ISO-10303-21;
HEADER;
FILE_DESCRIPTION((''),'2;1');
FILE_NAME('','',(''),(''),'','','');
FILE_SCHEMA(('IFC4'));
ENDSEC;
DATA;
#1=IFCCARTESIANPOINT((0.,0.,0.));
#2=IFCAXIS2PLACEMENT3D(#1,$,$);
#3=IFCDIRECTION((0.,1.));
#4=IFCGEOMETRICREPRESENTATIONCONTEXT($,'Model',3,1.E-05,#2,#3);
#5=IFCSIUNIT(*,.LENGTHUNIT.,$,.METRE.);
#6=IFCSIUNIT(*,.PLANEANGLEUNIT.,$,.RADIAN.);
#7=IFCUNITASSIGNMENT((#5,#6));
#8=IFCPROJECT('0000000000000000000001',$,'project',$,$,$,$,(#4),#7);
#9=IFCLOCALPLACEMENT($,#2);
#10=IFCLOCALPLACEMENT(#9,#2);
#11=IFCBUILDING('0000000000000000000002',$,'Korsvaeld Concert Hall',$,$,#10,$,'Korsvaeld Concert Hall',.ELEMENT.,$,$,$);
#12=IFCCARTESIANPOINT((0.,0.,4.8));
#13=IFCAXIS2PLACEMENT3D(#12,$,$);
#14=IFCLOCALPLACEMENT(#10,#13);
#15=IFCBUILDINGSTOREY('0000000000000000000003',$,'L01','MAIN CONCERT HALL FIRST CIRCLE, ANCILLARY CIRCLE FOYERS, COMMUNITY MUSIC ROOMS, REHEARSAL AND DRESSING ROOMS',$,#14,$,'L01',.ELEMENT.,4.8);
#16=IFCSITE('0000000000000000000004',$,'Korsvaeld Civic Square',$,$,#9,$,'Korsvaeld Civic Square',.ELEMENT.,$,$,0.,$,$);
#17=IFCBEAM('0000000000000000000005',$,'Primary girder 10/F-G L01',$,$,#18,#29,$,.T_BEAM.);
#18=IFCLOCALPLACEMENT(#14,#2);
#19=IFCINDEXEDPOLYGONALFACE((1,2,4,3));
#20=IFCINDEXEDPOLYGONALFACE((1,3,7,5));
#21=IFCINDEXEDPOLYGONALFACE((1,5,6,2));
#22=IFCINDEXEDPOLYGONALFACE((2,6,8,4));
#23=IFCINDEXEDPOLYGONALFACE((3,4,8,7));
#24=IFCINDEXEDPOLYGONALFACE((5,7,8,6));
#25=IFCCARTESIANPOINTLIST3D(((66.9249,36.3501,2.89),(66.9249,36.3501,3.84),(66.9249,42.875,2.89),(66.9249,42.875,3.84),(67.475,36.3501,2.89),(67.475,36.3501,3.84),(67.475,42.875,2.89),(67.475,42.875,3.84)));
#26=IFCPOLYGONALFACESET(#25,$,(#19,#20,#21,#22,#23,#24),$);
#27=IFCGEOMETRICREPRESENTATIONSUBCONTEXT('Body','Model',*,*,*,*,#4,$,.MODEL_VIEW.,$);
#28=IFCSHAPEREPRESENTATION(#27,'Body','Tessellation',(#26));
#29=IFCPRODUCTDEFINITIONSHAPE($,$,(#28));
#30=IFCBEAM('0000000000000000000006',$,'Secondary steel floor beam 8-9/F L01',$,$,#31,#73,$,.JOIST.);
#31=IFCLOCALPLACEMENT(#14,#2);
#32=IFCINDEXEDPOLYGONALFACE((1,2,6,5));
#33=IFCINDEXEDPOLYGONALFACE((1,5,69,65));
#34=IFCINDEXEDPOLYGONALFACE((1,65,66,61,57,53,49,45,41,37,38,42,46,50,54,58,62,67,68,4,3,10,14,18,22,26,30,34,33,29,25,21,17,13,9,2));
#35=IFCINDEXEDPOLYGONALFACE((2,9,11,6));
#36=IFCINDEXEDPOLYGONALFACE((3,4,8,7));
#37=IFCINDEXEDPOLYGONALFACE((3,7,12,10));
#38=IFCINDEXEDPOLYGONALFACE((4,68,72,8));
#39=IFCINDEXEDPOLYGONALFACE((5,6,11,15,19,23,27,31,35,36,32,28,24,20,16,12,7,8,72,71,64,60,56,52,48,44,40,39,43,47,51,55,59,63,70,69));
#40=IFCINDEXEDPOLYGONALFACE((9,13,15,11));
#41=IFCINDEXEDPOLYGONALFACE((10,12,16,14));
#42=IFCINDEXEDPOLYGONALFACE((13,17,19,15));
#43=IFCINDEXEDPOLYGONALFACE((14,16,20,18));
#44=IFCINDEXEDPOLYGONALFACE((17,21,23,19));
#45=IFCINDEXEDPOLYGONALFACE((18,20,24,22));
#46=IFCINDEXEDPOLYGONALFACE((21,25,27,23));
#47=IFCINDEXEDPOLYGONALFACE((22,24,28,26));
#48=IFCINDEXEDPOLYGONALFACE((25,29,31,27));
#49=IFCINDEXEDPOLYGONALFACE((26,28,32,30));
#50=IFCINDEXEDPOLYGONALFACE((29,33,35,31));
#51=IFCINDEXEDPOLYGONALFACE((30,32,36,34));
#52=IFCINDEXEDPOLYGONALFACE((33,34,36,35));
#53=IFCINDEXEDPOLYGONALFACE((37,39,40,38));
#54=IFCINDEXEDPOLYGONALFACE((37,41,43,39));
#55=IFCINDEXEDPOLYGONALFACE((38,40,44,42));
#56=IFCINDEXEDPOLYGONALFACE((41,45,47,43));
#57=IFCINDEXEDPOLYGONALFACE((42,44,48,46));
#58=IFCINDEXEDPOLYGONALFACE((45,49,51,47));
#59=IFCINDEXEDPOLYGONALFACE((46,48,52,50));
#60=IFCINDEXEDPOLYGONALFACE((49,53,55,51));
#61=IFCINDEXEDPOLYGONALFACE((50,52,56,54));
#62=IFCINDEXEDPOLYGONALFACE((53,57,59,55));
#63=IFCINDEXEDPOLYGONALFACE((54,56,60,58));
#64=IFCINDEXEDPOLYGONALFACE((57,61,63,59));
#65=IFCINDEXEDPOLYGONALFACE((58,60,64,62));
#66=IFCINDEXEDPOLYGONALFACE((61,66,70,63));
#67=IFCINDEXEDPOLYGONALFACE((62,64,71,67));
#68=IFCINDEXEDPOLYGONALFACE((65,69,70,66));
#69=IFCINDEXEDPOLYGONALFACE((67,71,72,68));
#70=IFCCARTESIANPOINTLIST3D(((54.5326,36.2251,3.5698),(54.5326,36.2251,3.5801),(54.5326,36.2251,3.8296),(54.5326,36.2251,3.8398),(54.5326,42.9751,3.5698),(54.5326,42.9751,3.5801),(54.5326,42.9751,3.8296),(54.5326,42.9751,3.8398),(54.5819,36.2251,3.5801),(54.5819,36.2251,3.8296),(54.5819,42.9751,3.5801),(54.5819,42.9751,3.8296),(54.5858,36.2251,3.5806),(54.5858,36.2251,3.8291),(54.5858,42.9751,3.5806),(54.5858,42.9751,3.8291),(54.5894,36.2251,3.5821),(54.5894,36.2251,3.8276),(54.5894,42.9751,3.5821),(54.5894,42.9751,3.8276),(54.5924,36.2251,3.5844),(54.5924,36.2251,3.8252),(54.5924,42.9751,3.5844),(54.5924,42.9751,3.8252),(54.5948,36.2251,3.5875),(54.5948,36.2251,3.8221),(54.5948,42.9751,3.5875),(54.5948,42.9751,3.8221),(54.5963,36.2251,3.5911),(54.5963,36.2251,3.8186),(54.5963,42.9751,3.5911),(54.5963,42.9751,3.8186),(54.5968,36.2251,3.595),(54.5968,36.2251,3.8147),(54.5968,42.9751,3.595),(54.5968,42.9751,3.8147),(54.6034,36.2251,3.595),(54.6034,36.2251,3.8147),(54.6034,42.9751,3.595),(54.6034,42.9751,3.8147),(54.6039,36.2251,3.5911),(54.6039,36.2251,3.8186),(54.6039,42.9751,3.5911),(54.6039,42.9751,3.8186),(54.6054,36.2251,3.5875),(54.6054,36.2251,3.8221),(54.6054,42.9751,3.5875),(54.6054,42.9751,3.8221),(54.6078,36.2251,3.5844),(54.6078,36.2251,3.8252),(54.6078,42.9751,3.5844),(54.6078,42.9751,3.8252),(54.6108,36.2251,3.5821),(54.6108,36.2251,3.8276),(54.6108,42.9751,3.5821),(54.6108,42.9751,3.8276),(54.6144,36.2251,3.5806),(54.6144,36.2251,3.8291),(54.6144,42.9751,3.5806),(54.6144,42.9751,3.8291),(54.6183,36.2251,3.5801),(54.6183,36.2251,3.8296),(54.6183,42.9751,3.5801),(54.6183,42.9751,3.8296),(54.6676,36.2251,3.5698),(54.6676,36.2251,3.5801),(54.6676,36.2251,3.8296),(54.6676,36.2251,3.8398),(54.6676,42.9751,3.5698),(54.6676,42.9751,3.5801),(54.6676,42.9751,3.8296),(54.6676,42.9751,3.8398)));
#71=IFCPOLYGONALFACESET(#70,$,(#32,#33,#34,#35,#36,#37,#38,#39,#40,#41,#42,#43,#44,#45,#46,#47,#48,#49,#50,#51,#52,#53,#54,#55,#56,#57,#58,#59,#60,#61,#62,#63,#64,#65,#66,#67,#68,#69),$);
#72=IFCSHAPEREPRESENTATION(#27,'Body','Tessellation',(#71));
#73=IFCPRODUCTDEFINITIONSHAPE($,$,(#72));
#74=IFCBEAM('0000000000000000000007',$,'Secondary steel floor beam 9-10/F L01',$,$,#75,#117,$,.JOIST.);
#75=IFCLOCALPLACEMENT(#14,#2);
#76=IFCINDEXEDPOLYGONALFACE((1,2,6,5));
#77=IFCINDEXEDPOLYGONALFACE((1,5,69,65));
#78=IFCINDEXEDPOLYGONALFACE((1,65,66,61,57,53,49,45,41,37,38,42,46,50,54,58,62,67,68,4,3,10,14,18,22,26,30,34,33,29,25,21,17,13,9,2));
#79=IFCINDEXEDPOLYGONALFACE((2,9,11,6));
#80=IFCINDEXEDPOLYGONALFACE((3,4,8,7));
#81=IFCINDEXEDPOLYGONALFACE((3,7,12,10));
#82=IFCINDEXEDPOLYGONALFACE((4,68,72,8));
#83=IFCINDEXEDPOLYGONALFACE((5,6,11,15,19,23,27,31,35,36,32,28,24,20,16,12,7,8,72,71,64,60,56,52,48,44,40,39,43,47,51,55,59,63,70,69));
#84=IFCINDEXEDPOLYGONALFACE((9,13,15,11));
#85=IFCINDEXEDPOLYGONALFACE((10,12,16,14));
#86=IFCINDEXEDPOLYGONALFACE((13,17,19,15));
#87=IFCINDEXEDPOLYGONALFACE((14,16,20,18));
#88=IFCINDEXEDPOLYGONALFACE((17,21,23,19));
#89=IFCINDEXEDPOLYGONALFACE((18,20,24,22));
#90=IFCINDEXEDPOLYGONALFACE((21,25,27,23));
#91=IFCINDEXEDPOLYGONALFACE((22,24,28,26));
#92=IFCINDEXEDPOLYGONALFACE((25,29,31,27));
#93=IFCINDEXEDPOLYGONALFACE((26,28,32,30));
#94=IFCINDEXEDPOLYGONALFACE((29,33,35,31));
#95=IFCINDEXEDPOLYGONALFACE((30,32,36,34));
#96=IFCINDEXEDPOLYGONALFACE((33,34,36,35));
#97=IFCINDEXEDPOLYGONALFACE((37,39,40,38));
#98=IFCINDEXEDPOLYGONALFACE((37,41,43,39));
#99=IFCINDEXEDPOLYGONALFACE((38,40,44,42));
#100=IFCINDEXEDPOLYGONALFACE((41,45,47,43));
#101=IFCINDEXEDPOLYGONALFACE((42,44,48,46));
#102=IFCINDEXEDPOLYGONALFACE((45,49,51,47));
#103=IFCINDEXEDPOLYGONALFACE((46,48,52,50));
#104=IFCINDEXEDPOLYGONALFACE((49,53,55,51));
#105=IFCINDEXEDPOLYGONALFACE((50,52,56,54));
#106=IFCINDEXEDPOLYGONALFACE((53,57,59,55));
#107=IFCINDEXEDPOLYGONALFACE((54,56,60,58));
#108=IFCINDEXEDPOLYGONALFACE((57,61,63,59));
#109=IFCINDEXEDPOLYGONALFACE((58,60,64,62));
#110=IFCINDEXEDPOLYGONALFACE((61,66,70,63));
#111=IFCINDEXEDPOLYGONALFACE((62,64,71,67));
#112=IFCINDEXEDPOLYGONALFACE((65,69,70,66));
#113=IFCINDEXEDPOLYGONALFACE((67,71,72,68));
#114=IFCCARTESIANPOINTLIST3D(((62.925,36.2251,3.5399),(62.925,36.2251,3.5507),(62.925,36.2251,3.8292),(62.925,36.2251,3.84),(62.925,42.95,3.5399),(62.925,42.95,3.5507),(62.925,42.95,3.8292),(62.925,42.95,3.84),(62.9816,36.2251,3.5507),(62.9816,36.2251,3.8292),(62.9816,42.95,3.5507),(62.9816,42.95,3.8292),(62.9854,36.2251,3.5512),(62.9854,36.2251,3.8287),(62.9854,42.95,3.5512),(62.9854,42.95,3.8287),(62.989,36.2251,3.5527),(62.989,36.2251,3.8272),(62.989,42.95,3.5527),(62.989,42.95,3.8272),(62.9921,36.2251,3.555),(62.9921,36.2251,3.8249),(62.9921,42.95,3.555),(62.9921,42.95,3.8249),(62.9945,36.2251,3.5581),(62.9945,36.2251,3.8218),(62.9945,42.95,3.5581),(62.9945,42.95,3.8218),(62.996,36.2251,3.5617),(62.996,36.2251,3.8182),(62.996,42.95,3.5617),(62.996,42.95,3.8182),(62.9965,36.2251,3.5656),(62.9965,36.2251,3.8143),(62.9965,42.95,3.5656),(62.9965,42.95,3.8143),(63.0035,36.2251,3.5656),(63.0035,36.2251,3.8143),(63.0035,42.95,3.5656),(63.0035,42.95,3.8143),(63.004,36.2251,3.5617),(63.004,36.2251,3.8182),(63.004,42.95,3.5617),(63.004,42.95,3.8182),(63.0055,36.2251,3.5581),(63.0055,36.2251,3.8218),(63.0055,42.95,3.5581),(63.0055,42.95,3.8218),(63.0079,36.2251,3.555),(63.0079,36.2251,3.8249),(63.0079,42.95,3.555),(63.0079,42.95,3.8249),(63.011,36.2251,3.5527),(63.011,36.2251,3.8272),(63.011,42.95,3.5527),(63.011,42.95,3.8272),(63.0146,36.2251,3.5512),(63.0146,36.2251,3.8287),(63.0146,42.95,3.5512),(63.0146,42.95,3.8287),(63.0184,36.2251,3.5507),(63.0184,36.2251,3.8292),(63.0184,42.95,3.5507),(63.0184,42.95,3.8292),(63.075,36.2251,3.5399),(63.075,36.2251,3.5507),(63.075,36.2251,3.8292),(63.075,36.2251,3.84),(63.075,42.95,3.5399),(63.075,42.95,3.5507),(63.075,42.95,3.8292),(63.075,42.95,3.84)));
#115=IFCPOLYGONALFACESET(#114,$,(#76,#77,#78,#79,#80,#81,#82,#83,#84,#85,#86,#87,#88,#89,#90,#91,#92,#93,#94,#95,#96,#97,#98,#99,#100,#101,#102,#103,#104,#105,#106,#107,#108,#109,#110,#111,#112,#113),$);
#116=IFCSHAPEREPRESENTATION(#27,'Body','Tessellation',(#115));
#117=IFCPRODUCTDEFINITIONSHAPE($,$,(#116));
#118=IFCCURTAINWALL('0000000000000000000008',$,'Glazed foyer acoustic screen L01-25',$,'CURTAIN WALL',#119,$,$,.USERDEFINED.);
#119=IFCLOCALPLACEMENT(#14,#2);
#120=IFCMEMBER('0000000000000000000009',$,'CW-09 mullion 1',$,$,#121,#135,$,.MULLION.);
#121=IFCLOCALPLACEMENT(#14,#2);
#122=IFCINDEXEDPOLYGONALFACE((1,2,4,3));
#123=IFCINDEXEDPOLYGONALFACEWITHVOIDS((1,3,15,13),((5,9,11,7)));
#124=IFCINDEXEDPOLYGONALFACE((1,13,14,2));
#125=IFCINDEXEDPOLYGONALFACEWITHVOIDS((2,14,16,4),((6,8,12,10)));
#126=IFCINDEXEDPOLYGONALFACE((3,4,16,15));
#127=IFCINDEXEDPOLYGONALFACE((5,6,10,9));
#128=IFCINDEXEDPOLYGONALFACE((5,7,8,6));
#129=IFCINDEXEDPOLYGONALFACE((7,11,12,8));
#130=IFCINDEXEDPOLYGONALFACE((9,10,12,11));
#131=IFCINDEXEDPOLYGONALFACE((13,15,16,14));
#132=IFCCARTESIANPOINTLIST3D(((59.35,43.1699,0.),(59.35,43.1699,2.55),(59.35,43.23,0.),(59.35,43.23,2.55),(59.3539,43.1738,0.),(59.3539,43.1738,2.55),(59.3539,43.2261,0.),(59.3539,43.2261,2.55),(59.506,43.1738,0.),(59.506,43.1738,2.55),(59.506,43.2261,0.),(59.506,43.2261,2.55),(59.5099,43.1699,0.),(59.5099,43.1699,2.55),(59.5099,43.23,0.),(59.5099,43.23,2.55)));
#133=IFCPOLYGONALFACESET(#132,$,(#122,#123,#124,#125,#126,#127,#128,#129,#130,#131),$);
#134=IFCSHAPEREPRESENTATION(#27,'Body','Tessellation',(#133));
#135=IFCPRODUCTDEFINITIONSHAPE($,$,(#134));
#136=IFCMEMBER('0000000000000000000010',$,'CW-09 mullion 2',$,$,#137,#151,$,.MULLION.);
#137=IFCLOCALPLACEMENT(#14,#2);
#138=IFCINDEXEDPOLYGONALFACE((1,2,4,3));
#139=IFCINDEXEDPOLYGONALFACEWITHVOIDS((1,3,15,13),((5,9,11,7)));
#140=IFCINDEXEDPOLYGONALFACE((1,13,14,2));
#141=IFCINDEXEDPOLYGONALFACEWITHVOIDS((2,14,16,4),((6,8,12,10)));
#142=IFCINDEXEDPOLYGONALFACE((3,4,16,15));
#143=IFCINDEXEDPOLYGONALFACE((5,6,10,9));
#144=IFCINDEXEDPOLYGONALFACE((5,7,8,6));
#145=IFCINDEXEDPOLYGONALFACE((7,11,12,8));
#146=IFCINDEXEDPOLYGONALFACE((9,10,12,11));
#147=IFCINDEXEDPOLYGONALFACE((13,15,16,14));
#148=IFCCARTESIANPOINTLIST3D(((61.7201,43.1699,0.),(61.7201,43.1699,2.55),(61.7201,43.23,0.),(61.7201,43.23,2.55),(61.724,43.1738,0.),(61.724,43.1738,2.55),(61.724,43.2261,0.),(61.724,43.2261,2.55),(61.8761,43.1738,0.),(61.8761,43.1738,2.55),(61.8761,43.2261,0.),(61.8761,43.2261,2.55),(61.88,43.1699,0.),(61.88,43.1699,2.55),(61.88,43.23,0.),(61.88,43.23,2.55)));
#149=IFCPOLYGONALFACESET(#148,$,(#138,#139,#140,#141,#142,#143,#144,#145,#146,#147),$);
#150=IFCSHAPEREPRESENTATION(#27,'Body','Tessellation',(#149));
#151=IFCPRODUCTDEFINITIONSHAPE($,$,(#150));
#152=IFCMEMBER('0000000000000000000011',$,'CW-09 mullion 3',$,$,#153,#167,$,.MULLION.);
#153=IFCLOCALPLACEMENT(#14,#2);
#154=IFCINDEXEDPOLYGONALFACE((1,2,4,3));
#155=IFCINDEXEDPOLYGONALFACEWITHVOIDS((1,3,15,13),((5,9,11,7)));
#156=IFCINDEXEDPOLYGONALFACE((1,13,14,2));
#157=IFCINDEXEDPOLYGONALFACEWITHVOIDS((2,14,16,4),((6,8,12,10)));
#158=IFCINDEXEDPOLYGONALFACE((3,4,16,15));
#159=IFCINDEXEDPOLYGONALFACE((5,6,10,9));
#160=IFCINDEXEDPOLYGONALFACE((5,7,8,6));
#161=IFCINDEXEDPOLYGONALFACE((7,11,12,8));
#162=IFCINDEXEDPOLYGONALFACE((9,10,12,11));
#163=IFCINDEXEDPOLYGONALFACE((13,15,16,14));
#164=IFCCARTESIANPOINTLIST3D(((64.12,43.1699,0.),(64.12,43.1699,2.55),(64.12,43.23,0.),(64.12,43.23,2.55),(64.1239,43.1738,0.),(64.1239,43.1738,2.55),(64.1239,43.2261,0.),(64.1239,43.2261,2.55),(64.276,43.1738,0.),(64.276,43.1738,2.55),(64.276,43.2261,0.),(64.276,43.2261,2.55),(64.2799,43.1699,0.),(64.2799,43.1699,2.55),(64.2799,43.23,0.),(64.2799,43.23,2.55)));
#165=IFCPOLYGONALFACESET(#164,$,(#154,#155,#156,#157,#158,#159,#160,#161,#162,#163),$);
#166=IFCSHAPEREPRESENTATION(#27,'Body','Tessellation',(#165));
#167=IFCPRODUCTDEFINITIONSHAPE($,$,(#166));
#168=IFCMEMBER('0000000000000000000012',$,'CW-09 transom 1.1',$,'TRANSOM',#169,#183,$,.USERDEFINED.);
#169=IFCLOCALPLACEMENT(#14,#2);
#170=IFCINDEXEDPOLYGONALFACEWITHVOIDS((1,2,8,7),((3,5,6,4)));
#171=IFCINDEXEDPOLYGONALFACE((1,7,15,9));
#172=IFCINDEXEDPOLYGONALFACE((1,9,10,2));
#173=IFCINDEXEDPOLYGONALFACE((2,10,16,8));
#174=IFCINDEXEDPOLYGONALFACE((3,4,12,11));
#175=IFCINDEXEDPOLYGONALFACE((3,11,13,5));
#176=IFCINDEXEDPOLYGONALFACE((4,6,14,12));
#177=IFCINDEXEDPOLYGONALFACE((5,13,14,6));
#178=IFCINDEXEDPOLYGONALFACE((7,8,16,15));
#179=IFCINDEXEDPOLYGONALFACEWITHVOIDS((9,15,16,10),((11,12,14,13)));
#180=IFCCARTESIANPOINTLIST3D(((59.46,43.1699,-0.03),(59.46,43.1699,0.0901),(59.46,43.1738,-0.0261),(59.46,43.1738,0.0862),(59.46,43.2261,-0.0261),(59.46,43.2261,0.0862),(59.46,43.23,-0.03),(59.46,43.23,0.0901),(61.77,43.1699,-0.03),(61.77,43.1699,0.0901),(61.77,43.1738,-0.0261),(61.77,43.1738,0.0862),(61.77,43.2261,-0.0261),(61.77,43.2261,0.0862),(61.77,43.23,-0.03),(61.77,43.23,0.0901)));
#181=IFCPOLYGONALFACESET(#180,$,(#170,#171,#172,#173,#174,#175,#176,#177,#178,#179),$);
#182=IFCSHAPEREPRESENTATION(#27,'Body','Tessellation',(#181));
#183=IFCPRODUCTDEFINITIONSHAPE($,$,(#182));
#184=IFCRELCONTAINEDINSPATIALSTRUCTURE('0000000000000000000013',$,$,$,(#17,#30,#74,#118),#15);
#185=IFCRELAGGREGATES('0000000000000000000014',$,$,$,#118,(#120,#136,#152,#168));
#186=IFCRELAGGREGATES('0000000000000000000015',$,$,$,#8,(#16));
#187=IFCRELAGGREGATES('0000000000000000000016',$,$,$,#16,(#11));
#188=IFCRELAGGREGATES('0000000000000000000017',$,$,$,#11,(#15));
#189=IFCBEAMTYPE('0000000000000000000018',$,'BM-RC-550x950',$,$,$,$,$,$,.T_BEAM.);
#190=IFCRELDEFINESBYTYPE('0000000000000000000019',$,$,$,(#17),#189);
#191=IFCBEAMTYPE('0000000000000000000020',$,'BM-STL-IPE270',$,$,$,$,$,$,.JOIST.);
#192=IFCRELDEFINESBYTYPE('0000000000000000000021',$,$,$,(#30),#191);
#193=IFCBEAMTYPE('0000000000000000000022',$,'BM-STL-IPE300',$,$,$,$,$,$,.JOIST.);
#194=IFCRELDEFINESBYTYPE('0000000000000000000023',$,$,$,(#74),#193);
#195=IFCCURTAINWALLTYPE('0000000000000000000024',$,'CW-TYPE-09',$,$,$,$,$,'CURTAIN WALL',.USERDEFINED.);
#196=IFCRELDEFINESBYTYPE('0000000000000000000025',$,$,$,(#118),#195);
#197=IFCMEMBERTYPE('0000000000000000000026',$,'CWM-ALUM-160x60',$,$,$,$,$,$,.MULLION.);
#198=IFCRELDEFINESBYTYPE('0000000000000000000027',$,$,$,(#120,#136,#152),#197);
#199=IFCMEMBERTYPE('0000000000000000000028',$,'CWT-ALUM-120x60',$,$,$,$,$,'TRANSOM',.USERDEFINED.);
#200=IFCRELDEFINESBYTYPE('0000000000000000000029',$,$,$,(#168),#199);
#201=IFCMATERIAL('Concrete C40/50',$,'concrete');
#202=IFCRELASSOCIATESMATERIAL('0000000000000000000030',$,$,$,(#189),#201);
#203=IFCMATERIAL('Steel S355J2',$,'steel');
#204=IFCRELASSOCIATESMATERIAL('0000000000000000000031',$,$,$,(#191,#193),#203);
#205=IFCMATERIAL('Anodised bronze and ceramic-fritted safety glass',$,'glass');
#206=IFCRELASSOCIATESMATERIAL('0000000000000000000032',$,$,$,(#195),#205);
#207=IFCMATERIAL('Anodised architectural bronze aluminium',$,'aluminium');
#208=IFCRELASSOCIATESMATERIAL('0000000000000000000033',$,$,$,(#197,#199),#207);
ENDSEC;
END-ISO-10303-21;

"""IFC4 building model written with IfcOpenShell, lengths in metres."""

from ifc_helpers import new_model, si_unit, direction, frame, origin, origin_2d, place, context, subcontext, project, spatial, rectangle, hollow_rectangle, i_section, extrude, material, material_profile, profile_set, type_object, element, aggregate, save


model = new_model("IFC4")

# Units and contexts
model_context = context("Model", 3, precision=1e-05, world=origin(), true_north=direction((0.0, 1.0)))
body_context = subcontext(model_context, "Body", "Model", "MODEL_VIEW")
ifc_project = project(units=[si_unit("LENGTHUNIT", "METRE"), si_unit("PLANEANGLEUNIT", "RADIAN")], contexts=[model_context])

# Site, building, storey
site_placement = place(None, origin())
site = spatial("IfcSite", under=ifc_project, at=site_placement, Name="Korsvaeld Civic Square", LongName="Korsvaeld Civic Square", CompositionType="ELEMENT", RefElevation=0.0)
building_placement = place(site_placement, origin())
building = spatial("IfcBuilding", under=site, at=building_placement, Name="Korsvaeld Concert Hall", LongName="Korsvaeld Concert Hall", CompositionType="ELEMENT")
storey_placement = place(building_placement, frame((0.0, 0.0, 4.8)))
storey = spatial("IfcBuildingStorey", under=building, at=storey_placement, Name="L01", Description="MAIN CONCERT HALL FIRST CIRCLE, ANCILLARY CIRCLE FOYERS, COMMUNITY MUSIC ROOMS, REHEARSAL AND DRESSING ROOMS", LongName="L01", CompositionType="ELEMENT", Elevation=4.8)

# Shared definitions
ifc_material_1 = material(Name="Concrete C40/50", Category="concrete")
ifc_material_2 = material(Name="Steel S355J2", Category="steel")

# Beams
ifc_material_profile_1 = material_profile(ifc_material_1, rectangle(XDim=0.55, YDim=0.95, at=origin_2d()), Name="RC 550x950")
ifc_profile_set_1 = profile_set([ifc_material_profile_1], Name="Concrete C40/50")
beam_type_1 = type_object("IfcBeamType", Name="BM-RC-550x950", PredefinedType="T_BEAM", material=ifc_profile_set_1)
beam_1_placement = place(storey_placement, frame((67.2, 36.3501, 3.365), z_axis=(0.0, 1.0, 0.0), x_axis=(-1.0, 0.0, 0.0)))
element("IfcBeam", 1, at=beam_1_placement, inside=storey, type_object=beam_type_1, Name="Primary girder 10/F-G L01", PredefinedType="T_BEAM", context=body_context, shape_type="SweptSolid", body=[
    extrude(rectangle(XDim=0.55, YDim=0.95, at=origin_2d()), origin(), (0.0, 0.0, 1.0), 6.5249),
])
ifc_material_profile_2 = material_profile(ifc_material_2, i_section(OverallWidth=0.135, OverallDepth=0.27, WebThickness=0.0066, FlangeThickness=0.0103, FilletRadius=0.0149, at=origin_2d()), Name="IPE 270")
ifc_profile_set_2 = profile_set([ifc_material_profile_2], Name="Steel S355J2")
beam_type_2 = type_object("IfcBeamType", Name="BM-STL-IPE270", PredefinedType="JOIST", material=ifc_profile_set_2)
beam_2_placement = place(storey_placement, frame((54.6001, 36.2251, 3.7048), z_axis=(0.0, 1.0, 0.0), x_axis=(-1.0, 0.0, 0.0)))
element("IfcBeam", 2, at=beam_2_placement, inside=storey, type_object=beam_type_2, Name="Secondary steel floor beam 8-9/F L01", PredefinedType="JOIST", context=body_context, shape_type="SweptSolid", body=[
    extrude(i_section(OverallWidth=0.135, OverallDepth=0.27, WebThickness=0.0066, FlangeThickness=0.0103, FilletRadius=0.0149, at=origin_2d()), origin(), (0.0, 0.0, 1.0), 6.75),
])
ifc_material_profile_3 = material_profile(ifc_material_2, i_section(OverallWidth=0.1499, OverallDepth=0.3, WebThickness=0.0071, FlangeThickness=0.0107, FilletRadius=0.0149, at=origin_2d()), Name="IPE 300")
ifc_profile_set_3 = profile_set([ifc_material_profile_3], Name="Steel S355J2")
beam_type_3 = type_object("IfcBeamType", Name="BM-STL-IPE300", PredefinedType="JOIST", material=ifc_profile_set_3)
beam_3_placement = place(storey_placement, frame((63.0, 36.2251, 3.6899), z_axis=(0.0, 1.0, 0.0), x_axis=(-1.0, 0.0, 0.0)))
element("IfcBeam", 3, at=beam_3_placement, inside=storey, type_object=beam_type_3, Name="Secondary steel floor beam 9-10/F L01", PredefinedType="JOIST", context=body_context, shape_type="SweptSolid", body=[
    extrude(i_section(OverallWidth=0.1499, OverallDepth=0.3, WebThickness=0.0071, FlangeThickness=0.0107, FilletRadius=0.0149, at=origin_2d()), origin(), (0.0, 0.0, 1.0), 6.7249),
])

# Curtain wall, members
ifc_material_3 = material(Name="Anodised bronze and ceramic-fritted safety glass", Category="glass")
curtain_wall_type = type_object("IfcCurtainWallType", Name="CW-TYPE-09", ElementType="CURTAIN WALL", PredefinedType="USERDEFINED", material=ifc_material_3)
curtain_wall_placement = place(storey_placement, origin())
curtain_wall = element("IfcCurtainWall", 4, at=curtain_wall_placement, inside=storey, type_object=curtain_wall_type, Name="Glazed foyer acoustic screen L01-25", ObjectType="CURTAIN WALL", PredefinedType="USERDEFINED")
ifc_material_4 = material(Name="Anodised architectural bronze aluminium", Category="aluminium")
ifc_material_profile_4 = material_profile(ifc_material_4, hollow_rectangle(XDim=0.0601, YDim=0.1599, WallThickness=0.0039, at=origin_2d()), Name="CWM 160x60x4")
ifc_profile_set_4 = profile_set([ifc_material_profile_4], Name="Anodised architectural bronze aluminium")
member_type_1 = type_object("IfcMemberType", Name="CWM-ALUM-160x60", PredefinedType="MULLION", material=ifc_profile_set_4)
member_1_placement = place(storey_placement, frame((59.4299, 43.2, 0.0), z_axis=(0.0, 0.0, 1.0), x_axis=(0.0, 1.0, 0.0)))
member_1 = element("IfcMember", 5, at=member_1_placement, type_object=member_type_1, Name="CW-09 mullion 1", PredefinedType="MULLION", context=body_context, shape_type="SweptSolid", body=[
    extrude(hollow_rectangle(XDim=0.0601, YDim=0.1599, WallThickness=0.0039, at=origin_2d()), origin(), (0.0, 0.0, 1.0), 2.55),
])
member_2_placement = place(storey_placement, frame((61.8, 43.2, 0.0), z_axis=(0.0, 0.0, 1.0), x_axis=(0.0, 1.0, 0.0)))
member_2 = element("IfcMember", 6, at=member_2_placement, type_object=member_type_1, Name="CW-09 mullion 2", PredefinedType="MULLION", context=body_context, shape_type="SweptSolid", body=[
    extrude(hollow_rectangle(XDim=0.0601, YDim=0.1599, WallThickness=0.0039, at=origin_2d()), origin(), (0.0, 0.0, 1.0), 2.55),
])
member_3_placement = place(storey_placement, frame((64.2, 43.2, 0.0), z_axis=(0.0, 0.0, 1.0), x_axis=(0.0, 1.0, 0.0)))
member_3 = element("IfcMember", 7, at=member_3_placement, type_object=member_type_1, Name="CW-09 mullion 3", PredefinedType="MULLION", context=body_context, shape_type="SweptSolid", body=[
    extrude(hollow_rectangle(XDim=0.0601, YDim=0.1599, WallThickness=0.0039, at=origin_2d()), origin(), (0.0, 0.0, 1.0), 2.55),
])
ifc_material_profile_5 = material_profile(ifc_material_4, hollow_rectangle(XDim=0.0601, YDim=0.1201, WallThickness=0.0039, at=origin_2d()), Name="CWT 120x60x4")
ifc_profile_set_5 = profile_set([ifc_material_profile_5], Name="Anodised architectural bronze aluminium")
member_type_2 = type_object("IfcMemberType", Name="CWT-ALUM-120x60", ElementType="TRANSOM", PredefinedType="USERDEFINED", material=ifc_profile_set_5)
member_4_placement = place(storey_placement, frame((59.46, 43.2, 0.03), z_axis=(1.0, 0.0, 0.0), x_axis=(0.0, 1.0, 0.0)))
member_4 = element("IfcMember", 8, at=member_4_placement, type_object=member_type_2, Name="CW-09 transom 1.1", ObjectType="TRANSOM", PredefinedType="USERDEFINED", context=body_context, shape_type="SweptSolid", body=[
    extrude(hollow_rectangle(XDim=0.0601, YDim=0.1201, WallThickness=0.0039, at=origin_2d()), origin(), (0.0, 0.0, 1.0), 2.3101),
])
aggregate(curtain_wall, [member_1, member_2, member_3, member_4])

save(model, "model.ifc")
